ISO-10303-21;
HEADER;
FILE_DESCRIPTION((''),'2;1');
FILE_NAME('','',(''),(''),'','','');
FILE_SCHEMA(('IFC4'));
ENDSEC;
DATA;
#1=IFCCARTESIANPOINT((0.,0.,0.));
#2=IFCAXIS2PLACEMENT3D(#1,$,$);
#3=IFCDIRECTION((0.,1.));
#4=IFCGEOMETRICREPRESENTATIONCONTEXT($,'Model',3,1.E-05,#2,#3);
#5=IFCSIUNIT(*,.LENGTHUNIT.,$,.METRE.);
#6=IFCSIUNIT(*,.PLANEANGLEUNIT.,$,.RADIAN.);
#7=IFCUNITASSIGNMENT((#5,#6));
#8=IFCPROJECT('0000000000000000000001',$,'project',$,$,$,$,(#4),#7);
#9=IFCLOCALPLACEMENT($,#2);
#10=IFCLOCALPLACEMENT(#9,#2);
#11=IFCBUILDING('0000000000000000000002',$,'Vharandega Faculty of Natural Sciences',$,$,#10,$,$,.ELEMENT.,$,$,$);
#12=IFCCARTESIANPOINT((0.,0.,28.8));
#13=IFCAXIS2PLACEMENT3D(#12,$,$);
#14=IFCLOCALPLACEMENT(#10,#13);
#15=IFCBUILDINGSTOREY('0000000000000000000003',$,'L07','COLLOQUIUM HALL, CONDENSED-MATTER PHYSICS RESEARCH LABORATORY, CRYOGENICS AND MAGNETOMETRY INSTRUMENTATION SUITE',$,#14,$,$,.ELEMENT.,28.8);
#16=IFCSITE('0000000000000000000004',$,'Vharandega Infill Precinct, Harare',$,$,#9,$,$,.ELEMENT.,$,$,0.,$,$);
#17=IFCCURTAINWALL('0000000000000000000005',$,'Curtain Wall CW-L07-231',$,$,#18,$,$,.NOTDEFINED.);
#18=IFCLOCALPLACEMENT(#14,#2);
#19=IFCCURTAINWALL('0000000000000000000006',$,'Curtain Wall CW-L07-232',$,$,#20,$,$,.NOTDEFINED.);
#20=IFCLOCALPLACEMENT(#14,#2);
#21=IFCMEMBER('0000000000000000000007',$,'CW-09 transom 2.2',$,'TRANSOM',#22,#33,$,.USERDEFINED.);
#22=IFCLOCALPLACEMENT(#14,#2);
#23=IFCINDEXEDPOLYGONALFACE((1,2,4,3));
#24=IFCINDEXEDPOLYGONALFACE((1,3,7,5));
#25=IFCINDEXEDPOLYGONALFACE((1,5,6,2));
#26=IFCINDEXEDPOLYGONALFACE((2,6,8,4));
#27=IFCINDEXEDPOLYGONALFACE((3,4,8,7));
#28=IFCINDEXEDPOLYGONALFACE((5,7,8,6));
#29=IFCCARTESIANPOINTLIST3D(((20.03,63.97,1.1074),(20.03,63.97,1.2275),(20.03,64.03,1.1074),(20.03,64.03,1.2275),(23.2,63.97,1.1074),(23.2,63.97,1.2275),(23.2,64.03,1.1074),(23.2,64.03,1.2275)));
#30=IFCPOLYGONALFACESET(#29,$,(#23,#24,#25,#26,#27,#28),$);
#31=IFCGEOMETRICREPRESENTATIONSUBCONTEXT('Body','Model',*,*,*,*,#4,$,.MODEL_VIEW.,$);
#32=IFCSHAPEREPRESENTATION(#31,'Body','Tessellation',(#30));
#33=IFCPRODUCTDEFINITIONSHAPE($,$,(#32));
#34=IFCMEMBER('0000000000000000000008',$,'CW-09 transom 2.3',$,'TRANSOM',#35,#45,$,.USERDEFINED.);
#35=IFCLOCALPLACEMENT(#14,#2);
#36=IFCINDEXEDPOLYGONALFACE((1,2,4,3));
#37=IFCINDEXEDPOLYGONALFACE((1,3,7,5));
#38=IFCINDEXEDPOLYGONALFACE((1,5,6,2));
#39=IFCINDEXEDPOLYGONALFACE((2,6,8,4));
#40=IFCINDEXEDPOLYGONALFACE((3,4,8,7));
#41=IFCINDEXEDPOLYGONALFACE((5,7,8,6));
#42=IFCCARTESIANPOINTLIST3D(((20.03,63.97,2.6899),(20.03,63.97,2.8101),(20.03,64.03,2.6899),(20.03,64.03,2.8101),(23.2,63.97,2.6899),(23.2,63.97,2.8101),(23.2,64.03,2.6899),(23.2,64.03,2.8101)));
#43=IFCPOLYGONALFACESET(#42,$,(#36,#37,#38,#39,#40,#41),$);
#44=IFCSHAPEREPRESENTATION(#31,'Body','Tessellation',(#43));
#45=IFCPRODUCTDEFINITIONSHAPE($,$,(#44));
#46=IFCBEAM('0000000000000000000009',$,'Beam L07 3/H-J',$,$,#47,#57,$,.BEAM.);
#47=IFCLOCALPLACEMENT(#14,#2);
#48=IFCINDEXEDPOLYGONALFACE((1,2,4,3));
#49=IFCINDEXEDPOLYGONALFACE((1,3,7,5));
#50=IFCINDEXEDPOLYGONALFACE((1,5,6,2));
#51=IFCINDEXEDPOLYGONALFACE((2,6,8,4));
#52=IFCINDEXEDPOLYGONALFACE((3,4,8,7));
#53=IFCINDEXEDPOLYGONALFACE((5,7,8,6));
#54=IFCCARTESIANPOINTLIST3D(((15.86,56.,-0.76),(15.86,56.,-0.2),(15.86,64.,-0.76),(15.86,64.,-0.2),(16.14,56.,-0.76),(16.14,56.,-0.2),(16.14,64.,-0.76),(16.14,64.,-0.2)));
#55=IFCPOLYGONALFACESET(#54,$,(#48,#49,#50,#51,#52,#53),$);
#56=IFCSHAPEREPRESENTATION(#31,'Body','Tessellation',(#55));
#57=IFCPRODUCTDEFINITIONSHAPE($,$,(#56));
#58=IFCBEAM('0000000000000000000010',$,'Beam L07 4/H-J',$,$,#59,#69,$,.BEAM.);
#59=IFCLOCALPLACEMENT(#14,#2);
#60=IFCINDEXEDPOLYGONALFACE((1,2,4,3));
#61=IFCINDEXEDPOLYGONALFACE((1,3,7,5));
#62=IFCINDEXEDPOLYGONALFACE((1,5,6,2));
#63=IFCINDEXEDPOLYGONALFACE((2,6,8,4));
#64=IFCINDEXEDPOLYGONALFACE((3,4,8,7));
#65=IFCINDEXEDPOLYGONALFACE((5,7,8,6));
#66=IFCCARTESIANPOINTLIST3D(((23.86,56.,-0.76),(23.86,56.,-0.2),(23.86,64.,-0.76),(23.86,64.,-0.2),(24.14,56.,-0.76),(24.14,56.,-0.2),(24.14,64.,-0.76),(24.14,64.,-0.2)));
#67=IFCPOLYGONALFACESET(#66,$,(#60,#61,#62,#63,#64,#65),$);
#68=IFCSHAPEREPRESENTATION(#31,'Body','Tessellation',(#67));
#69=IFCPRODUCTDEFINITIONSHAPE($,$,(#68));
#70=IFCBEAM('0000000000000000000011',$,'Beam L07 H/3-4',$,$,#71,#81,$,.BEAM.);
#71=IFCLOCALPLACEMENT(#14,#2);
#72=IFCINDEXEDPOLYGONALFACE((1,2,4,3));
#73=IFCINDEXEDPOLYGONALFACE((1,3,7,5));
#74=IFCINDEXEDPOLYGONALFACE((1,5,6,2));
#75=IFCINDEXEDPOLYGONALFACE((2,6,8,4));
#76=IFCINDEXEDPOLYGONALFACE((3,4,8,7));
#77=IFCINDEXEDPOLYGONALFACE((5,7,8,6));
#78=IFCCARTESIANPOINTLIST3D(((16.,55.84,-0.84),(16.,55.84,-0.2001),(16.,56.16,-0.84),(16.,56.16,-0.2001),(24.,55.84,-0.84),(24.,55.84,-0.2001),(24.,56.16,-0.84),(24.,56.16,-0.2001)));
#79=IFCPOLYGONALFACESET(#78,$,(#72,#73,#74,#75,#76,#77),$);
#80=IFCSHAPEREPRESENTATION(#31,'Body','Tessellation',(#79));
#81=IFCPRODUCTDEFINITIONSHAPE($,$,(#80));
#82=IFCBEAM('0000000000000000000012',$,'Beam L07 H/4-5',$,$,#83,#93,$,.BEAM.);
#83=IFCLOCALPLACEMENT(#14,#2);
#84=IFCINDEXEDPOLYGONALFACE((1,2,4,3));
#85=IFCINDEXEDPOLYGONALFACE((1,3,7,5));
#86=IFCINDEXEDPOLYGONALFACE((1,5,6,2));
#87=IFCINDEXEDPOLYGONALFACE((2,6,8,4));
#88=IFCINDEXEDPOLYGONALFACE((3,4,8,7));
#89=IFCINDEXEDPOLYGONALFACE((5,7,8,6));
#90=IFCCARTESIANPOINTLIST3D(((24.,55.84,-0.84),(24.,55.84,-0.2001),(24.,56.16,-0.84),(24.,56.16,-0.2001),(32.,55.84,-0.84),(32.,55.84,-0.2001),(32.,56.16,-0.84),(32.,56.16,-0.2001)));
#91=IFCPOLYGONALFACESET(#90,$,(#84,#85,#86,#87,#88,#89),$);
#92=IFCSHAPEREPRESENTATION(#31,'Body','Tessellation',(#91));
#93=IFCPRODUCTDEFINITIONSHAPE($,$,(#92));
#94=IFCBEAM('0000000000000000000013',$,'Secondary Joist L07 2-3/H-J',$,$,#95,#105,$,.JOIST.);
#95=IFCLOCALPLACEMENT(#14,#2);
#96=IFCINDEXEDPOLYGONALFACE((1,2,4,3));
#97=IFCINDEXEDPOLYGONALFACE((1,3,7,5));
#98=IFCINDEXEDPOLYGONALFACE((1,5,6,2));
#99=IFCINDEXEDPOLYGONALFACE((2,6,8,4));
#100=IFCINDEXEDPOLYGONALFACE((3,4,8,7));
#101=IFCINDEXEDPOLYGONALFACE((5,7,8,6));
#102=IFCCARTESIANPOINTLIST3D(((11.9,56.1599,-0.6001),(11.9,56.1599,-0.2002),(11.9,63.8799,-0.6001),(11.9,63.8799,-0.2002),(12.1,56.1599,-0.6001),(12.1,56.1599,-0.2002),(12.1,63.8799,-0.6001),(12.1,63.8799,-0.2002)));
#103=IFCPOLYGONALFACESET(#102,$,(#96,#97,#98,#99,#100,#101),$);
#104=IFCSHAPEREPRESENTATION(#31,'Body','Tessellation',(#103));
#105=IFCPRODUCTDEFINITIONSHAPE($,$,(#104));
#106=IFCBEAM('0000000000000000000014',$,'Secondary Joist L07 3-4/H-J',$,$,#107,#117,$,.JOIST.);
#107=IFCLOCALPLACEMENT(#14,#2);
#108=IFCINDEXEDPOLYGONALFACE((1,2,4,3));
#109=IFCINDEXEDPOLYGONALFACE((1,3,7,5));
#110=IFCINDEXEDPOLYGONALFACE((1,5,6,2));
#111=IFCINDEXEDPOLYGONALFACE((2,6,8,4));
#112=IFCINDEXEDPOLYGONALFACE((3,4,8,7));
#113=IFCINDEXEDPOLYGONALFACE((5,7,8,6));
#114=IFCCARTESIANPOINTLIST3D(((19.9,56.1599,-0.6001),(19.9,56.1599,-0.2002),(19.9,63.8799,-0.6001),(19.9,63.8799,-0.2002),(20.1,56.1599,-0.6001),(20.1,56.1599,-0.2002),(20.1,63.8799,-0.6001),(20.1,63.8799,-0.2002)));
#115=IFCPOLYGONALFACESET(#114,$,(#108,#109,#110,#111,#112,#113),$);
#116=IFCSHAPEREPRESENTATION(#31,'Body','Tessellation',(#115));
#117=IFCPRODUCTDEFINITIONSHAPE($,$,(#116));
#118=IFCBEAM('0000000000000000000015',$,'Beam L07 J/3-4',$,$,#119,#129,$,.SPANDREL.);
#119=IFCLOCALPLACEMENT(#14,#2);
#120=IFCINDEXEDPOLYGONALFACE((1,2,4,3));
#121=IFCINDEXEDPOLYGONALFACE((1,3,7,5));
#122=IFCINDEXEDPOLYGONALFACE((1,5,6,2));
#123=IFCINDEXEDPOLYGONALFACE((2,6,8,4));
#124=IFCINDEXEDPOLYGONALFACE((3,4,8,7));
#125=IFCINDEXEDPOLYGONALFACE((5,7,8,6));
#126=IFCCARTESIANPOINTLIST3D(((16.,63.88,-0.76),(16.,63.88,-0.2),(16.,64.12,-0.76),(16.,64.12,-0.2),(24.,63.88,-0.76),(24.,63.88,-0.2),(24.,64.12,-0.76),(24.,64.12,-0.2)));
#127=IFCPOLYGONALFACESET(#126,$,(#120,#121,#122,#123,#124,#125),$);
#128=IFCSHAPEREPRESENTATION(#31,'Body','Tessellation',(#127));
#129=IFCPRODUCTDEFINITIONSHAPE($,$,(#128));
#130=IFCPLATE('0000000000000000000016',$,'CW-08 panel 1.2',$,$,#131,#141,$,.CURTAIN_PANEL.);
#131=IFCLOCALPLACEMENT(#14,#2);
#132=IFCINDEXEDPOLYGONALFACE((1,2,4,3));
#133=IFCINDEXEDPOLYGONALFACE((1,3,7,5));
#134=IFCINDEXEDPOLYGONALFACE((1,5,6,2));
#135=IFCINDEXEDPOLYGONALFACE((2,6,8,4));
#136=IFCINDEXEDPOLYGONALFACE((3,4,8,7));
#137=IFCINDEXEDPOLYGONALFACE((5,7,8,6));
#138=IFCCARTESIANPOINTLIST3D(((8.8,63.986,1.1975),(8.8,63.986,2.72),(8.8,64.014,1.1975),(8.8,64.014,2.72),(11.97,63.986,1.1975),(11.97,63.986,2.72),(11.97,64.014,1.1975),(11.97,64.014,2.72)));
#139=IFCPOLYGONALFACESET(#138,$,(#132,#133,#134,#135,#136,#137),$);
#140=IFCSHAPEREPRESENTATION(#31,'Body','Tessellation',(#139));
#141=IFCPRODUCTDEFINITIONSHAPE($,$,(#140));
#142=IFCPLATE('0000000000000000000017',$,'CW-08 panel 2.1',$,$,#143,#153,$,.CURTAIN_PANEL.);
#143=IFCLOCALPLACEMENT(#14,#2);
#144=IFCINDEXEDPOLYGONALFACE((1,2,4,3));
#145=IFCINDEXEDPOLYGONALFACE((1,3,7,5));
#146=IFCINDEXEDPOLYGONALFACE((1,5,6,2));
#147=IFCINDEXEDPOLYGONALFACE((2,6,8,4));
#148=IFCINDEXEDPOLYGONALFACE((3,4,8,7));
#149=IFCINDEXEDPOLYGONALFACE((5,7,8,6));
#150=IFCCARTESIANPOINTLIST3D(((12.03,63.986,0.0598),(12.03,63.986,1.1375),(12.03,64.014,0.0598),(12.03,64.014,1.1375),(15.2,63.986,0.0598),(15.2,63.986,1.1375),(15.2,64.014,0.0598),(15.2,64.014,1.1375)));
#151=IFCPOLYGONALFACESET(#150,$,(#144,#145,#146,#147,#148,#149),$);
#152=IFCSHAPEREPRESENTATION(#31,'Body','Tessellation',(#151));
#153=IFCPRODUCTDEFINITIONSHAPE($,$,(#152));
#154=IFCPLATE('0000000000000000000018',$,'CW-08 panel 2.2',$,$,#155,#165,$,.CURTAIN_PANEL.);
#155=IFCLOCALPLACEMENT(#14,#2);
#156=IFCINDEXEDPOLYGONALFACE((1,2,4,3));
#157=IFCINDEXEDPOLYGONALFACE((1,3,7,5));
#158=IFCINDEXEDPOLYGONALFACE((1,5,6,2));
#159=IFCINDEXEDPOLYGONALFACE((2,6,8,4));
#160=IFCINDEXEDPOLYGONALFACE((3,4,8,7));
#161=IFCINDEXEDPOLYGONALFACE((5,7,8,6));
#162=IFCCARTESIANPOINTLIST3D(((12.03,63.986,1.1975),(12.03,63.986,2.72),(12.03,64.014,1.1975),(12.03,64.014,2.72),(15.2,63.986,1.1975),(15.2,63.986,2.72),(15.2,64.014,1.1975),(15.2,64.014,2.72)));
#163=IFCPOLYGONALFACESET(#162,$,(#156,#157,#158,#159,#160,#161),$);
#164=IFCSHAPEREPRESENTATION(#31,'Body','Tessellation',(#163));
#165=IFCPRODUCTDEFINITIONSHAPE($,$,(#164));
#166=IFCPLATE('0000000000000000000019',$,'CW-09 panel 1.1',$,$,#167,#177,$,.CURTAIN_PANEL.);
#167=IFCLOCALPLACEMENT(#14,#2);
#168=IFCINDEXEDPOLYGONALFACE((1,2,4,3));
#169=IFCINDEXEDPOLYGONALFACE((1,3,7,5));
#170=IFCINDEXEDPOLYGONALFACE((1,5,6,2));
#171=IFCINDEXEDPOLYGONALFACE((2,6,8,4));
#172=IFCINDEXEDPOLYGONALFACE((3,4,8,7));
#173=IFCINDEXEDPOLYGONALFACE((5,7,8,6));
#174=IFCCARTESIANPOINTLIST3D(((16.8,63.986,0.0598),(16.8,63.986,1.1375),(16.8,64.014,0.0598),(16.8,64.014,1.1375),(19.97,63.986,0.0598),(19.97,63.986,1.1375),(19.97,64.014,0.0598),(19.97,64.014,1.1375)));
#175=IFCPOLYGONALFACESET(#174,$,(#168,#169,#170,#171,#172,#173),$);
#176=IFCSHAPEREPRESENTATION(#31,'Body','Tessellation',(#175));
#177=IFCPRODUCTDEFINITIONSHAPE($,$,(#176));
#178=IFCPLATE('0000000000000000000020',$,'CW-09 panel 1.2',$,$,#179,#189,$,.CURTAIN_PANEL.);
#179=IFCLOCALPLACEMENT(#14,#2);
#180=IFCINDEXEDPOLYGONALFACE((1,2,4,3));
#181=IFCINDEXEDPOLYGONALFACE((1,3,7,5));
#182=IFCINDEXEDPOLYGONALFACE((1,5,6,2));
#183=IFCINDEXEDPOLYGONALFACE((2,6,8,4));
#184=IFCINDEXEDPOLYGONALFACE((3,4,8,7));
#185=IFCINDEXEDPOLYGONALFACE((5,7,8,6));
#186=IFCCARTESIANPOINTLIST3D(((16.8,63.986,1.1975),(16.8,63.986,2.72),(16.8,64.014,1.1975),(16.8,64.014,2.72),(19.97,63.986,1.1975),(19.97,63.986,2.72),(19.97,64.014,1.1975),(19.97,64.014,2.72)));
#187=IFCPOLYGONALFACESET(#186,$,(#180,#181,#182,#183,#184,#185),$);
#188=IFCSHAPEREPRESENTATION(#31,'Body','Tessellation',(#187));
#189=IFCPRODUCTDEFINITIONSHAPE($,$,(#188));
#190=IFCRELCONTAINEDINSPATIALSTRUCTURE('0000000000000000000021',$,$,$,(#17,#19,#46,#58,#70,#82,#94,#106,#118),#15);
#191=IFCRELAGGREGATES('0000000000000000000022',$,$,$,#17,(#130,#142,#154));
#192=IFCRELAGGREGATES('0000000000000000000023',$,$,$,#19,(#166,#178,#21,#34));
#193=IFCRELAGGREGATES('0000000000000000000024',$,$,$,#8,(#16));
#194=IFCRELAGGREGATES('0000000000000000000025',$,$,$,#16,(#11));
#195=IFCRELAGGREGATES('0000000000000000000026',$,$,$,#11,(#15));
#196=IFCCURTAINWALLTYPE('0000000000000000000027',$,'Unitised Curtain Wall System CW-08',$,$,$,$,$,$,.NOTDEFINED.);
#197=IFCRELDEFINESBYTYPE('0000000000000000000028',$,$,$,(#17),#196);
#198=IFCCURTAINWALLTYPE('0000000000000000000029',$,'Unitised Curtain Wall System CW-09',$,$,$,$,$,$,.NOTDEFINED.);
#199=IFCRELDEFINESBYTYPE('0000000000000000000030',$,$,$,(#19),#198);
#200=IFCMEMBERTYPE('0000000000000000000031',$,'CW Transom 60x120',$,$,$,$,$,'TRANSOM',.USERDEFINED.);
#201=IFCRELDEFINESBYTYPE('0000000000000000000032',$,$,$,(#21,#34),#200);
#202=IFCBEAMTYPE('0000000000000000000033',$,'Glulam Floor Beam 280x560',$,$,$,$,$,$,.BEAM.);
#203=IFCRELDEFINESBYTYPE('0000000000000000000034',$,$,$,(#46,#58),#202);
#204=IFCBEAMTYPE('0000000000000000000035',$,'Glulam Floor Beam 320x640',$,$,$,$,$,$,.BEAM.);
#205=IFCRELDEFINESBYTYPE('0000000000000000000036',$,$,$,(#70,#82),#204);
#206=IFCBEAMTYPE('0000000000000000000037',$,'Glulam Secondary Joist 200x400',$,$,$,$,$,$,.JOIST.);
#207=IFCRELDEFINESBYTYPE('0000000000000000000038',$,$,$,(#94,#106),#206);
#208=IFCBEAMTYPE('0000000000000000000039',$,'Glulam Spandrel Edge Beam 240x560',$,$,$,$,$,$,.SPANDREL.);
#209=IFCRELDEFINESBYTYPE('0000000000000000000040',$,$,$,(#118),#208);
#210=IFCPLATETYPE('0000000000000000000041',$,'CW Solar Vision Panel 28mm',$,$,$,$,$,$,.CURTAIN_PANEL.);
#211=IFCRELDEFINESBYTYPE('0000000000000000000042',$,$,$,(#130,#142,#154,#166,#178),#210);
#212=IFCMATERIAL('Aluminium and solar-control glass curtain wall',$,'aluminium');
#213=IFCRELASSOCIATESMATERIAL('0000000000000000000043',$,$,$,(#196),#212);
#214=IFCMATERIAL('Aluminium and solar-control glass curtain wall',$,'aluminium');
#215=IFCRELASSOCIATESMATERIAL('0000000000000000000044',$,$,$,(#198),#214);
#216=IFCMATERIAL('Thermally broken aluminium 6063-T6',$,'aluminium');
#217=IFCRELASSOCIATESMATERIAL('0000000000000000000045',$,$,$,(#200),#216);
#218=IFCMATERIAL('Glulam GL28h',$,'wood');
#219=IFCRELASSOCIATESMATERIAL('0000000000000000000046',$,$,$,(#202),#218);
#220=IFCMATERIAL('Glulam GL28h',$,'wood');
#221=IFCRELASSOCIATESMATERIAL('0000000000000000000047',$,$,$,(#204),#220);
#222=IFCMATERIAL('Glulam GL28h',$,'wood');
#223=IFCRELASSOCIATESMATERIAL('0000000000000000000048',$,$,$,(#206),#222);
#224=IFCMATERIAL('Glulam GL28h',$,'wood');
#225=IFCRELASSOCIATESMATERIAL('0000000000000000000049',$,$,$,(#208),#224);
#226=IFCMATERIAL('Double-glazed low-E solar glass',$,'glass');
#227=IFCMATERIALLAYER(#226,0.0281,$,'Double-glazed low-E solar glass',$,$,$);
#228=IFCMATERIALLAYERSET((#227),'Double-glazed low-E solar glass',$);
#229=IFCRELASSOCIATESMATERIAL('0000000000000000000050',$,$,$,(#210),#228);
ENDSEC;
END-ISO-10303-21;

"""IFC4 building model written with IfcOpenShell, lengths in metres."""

from ifc_helpers import new_model, si_unit, direction, frame, origin, origin_2d, place, context, subcontext, project, spatial, rectangle, extrude, material, layer, layer_set, material_profile, profile_set, type_object, element, aggregate, save


model = new_model("IFC4")

# Units and contexts
model_context = context("Model", 3, precision=1e-05, world=origin(), true_north=direction((0.0, 1.0)))
body_context = subcontext(model_context, "Body", "Model", "MODEL_VIEW")
ifc_project = project(units=[si_unit("LENGTHUNIT", "METRE"), si_unit("PLANEANGLEUNIT", "RADIAN")], contexts=[model_context])

# Site, building, storey
site_placement = place(None, origin())
site = spatial("IfcSite", under=ifc_project, at=site_placement, Name="Vharandega Infill Precinct, Harare", CompositionType="ELEMENT", RefElevation=0.0)
building_placement = place(site_placement, origin())
building = spatial("IfcBuilding", under=site, at=building_placement, Name="Vharandega Faculty of Natural Sciences", CompositionType="ELEMENT")
storey_placement = place(building_placement, frame((0.0, 0.0, 28.8)))
storey = spatial("IfcBuildingStorey", under=building, at=storey_placement, Name="L07", Description="COLLOQUIUM HALL, CONDENSED-MATTER PHYSICS RESEARCH LABORATORY, CRYOGENICS AND MAGNETOMETRY INSTRUMENTATION SUITE", CompositionType="ELEMENT", Elevation=28.8)

# Curtain walls
ifc_material_1 = material(Name="Aluminium and solar-control glass curtain wall", Category="aluminium")
curtain_wall_type_1 = type_object("IfcCurtainWallType", Name="Unitised Curtain Wall System CW-08", PredefinedType="NOTDEFINED", material=ifc_material_1)
curtain_wall_1_placement = place(storey_placement, origin())
curtain_wall_1 = element("IfcCurtainWall", 1, at=curtain_wall_1_placement, inside=storey, type_object=curtain_wall_type_1, Name="Curtain Wall CW-L07-231", PredefinedType="NOTDEFINED")
ifc_material_2 = material(Name="Aluminium and solar-control glass curtain wall", Category="aluminium")
curtain_wall_type_2 = type_object("IfcCurtainWallType", Name="Unitised Curtain Wall System CW-09", PredefinedType="NOTDEFINED", material=ifc_material_2)
curtain_wall_2_placement = place(storey_placement, origin())
curtain_wall_2 = element("IfcCurtainWall", 2, at=curtain_wall_2_placement, inside=storey, type_object=curtain_wall_type_2, Name="Curtain Wall CW-L07-232", PredefinedType="NOTDEFINED")

# Members
ifc_material_3 = material(Name="Thermally broken aluminium 6063-T6", Category="aluminium")
ifc_material_profile_1 = material_profile(ifc_material_3, rectangle(XDim=0.0601, YDim=0.1201, at=origin_2d()), Name="ALU 60x120")
ifc_profile_set_1 = profile_set([ifc_material_profile_1], Name="Thermally broken aluminium 6063-T6")
member_type_1 = type_object("IfcMemberType", Name="CW Transom 60x120", ElementType="TRANSOM", PredefinedType="USERDEFINED", material=ifc_profile_set_1)
member_1_placement = place(storey_placement, frame((20.03, 64.0, 1.1675), z_axis=(1.0, 0.0, 0.0), x_axis=(0.0, 1.0, 0.0)))
member_1 = element("IfcMember", 3, at=member_1_placement, type_object=member_type_1, Name="CW-09 transom 2.2", ObjectType="TRANSOM", PredefinedType="USERDEFINED", context=body_context, shape_type="SweptSolid", body=[
    extrude(rectangle(XDim=0.0601, YDim=0.1201, at=origin_2d()), origin(), (0.0, 0.0, 1.0), 3.1699),
])
member_2_placement = place(storey_placement, frame((20.03, 64.0, 2.75), z_axis=(1.0, 0.0, 0.0), x_axis=(0.0, 1.0, 0.0)))
member_2 = element("IfcMember", 4, at=member_2_placement, type_object=member_type_1, Name="CW-09 transom 2.3", ObjectType="TRANSOM", PredefinedType="USERDEFINED", context=body_context, shape_type="SweptSolid", body=[
    extrude(rectangle(XDim=0.0601, YDim=0.1201, at=origin_2d()), origin(), (0.0, 0.0, 1.0), 3.1699),
])

# Beams
ifc_material_4 = material(Name="Glulam GL28h", Category="wood")
ifc_material_profile_2 = material_profile(ifc_material_4, rectangle(XDim=0.28, YDim=0.5601, at=origin_2d()), Name="GL28h 280x560")
ifc_profile_set_2 = profile_set([ifc_material_profile_2], Name="Glulam GL28h")
beam_type_1 = type_object("IfcBeamType", Name="Glulam Floor Beam 280x560", PredefinedType="BEAM", material=ifc_profile_set_2)
for number, where, z_axis, x_axis, name in (
    (5, (16.0, 56.0, -0.48), (0.0, 1.0, 0.0), (-1.0, 0.0, 0.0), "Beam L07 3/H-J"),
    (6, (24.0, 56.0, -0.48), (0.0, 1.0, 0.0), (-1.0, 0.0, 0.0), "Beam L07 4/H-J"),
):
    element("IfcBeam", number, at=place(storey_placement, frame(where, z_axis=z_axis, x_axis=x_axis)), inside=storey, type_object=beam_type_1, Name=name, PredefinedType="BEAM", context=body_context, shape_type="SweptSolid", body=[
        extrude(rectangle(XDim=0.28, YDim=0.5601, at=origin_2d()), origin(), (0.0, 0.0, 1.0), 8.0),
    ])
ifc_material_5 = material(Name="Glulam GL28h", Category="wood")
ifc_material_profile_3 = material_profile(ifc_material_5, rectangle(XDim=0.3201, YDim=0.6399, at=origin_2d()), Name="GL28h 320x640")
ifc_profile_set_3 = profile_set([ifc_material_profile_3], Name="Glulam GL28h")
beam_type_2 = type_object("IfcBeamType", Name="Glulam Floor Beam 320x640", PredefinedType="BEAM", material=ifc_profile_set_3)
for number, where, z_axis, x_axis, name in (
    (7, (16.0, 56.0, -0.52), (1.0, 0.0, 0.0), (0.0, 1.0, 0.0), "Beam L07 H/3-4"),
    (8, (24.0, 56.0, -0.52), (1.0, 0.0, 0.0), (0.0, 1.0, 0.0), "Beam L07 H/4-5"),
):
    element("IfcBeam", number, at=place(storey_placement, frame(where, z_axis=z_axis, x_axis=x_axis)), inside=storey, type_object=beam_type_2, Name=name, PredefinedType="BEAM", context=body_context, shape_type="SweptSolid", body=[
        extrude(rectangle(XDim=0.3201, YDim=0.6399, at=origin_2d()), origin(), (0.0, 0.0, 1.0), 8.0),
    ])
ifc_material_6 = material(Name="Glulam GL28h", Category="wood")
ifc_material_profile_4 = material_profile(ifc_material_6, rectangle(XDim=0.2, YDim=0.3999, at=origin_2d()), Name="GL28h 200x400")
ifc_profile_set_4 = profile_set([ifc_material_profile_4], Name="Glulam GL28h")
beam_type_3 = type_object("IfcBeamType", Name="Glulam Secondary Joist 200x400", PredefinedType="JOIST", material=ifc_profile_set_4)
for number, where, z_axis, x_axis, name in (
    (9, (12.0, 56.1599, -0.4001), (0.0, 1.0, 0.0), (-1.0, 0.0, 0.0), "Secondary Joist L07 2-3/H-J"),
    (10, (20.0, 56.1599, -0.4001), (0.0, 1.0, 0.0), (-1.0, 0.0, 0.0), "Secondary Joist L07 3-4/H-J"),
):
    element("IfcBeam", number, at=place(storey_placement, frame(where, z_axis=z_axis, x_axis=x_axis)), inside=storey, type_object=beam_type_3, Name=name, PredefinedType="JOIST", context=body_context, shape_type="SweptSolid", body=[
        extrude(rectangle(XDim=0.2, YDim=0.3999, at=origin_2d()), origin(), (0.0, 0.0, 1.0), 7.72),
    ])
ifc_material_7 = material(Name="Glulam GL28h", Category="wood")
ifc_material_profile_5 = material_profile(ifc_material_7, rectangle(XDim=0.24, YDim=0.5601, at=origin_2d()), Name="GL28h 240x560")
ifc_profile_set_5 = profile_set([ifc_material_profile_5], Name="Glulam GL28h")
beam_type_4 = type_object("IfcBeamType", Name="Glulam Spandrel Edge Beam 240x560", PredefinedType="SPANDREL", material=ifc_profile_set_5)
beam_placement = place(storey_placement, frame((16.0, 64.0, -0.48), z_axis=(1.0, 0.0, 0.0), x_axis=(0.0, 1.0, 0.0)))
element("IfcBeam", 11, at=beam_placement, inside=storey, type_object=beam_type_4, Name="Beam L07 J/3-4", PredefinedType="SPANDREL", context=body_context, shape_type="SweptSolid", body=[
    extrude(rectangle(XDim=0.24, YDim=0.5601, at=origin_2d()), origin(), (0.0, 0.0, 1.0), 8.0),
])

# Plates
ifc_material_8 = material(Name="Double-glazed low-E solar glass", Category="glass")
ifc_layer_1 = layer(ifc_material_8, 0.0281, Name="Double-glazed low-E solar glass")
ifc_layer_set_1 = layer_set([ifc_layer_1], Name="Double-glazed low-E solar glass")
plate_type = type_object("IfcPlateType", Name="CW Solar Vision Panel 28mm", PredefinedType="CURTAIN_PANEL", material=ifc_layer_set_1)
plate_1_placement = place(storey_placement, frame((10.385, 64.0, 1.1975), z_axis=(0.0, 0.0, 1.0), x_axis=(1.0, 0.0, 0.0)))
plate_1 = element("IfcPlate", 12, at=plate_1_placement, type_object=plate_type, Name="CW-08 panel 1.2", PredefinedType="CURTAIN_PANEL", context=body_context, shape_type="SweptSolid", body=[
    extrude(rectangle(XDim=3.1699, YDim=0.0281, at=origin_2d()), origin(), (0.0, 0.0, 1.0), 1.5225),
])
plate_2_placement = place(storey_placement, frame((13.615, 64.0, 0.0598), z_axis=(0.0, 0.0, 1.0), x_axis=(1.0, 0.0, 0.0)))
plate_2 = element("IfcPlate", 13, at=plate_2_placement, type_object=plate_type, Name="CW-08 panel 2.1", PredefinedType="CURTAIN_PANEL", context=body_context, shape_type="SweptSolid", body=[
    extrude(rectangle(XDim=3.1699, YDim=0.0281, at=origin_2d()), origin(), (0.0, 0.0, 1.0), 1.0776),
])
plate_3_placement = place(storey_placement, frame((13.615, 64.0, 1.1975), z_axis=(0.0, 0.0, 1.0), x_axis=(1.0, 0.0, 0.0)))
plate_3 = element("IfcPlate", 14, at=plate_3_placement, type_object=plate_type, Name="CW-08 panel 2.2", PredefinedType="CURTAIN_PANEL", context=body_context, shape_type="SweptSolid", body=[
    extrude(rectangle(XDim=3.1699, YDim=0.0281, at=origin_2d()), origin(), (0.0, 0.0, 1.0), 1.5225),
])
aggregate(curtain_wall_1, [plate_1, plate_2, plate_3])
plate_4_placement = place(storey_placement, frame((18.385, 64.0, 0.0598), z_axis=(0.0, 0.0, 1.0), x_axis=(1.0, 0.0, 0.0)))
plate_4 = element("IfcPlate", 15, at=plate_4_placement, type_object=plate_type, Name="CW-09 panel 1.1", PredefinedType="CURTAIN_PANEL", context=body_context, shape_type="SweptSolid", body=[
    extrude(rectangle(XDim=3.1699, YDim=0.0281, at=origin_2d()), origin(), (0.0, 0.0, 1.0), 1.0776),
])
plate_5_placement = place(storey_placement, frame((18.385, 64.0, 1.1975), z_axis=(0.0, 0.0, 1.0), x_axis=(1.0, 0.0, 0.0)))
plate_5 = element("IfcPlate", 16, at=plate_5_placement, type_object=plate_type, Name="CW-09 panel 1.2", PredefinedType="CURTAIN_PANEL", context=body_context, shape_type="SweptSolid", body=[
    extrude(rectangle(XDim=3.1699, YDim=0.0281, at=origin_2d()), origin(), (0.0, 0.0, 1.0), 1.5225),
])
aggregate(curtain_wall_2, [plate_4, plate_5, member_1, member_2])

save(model, "model.ifc")
